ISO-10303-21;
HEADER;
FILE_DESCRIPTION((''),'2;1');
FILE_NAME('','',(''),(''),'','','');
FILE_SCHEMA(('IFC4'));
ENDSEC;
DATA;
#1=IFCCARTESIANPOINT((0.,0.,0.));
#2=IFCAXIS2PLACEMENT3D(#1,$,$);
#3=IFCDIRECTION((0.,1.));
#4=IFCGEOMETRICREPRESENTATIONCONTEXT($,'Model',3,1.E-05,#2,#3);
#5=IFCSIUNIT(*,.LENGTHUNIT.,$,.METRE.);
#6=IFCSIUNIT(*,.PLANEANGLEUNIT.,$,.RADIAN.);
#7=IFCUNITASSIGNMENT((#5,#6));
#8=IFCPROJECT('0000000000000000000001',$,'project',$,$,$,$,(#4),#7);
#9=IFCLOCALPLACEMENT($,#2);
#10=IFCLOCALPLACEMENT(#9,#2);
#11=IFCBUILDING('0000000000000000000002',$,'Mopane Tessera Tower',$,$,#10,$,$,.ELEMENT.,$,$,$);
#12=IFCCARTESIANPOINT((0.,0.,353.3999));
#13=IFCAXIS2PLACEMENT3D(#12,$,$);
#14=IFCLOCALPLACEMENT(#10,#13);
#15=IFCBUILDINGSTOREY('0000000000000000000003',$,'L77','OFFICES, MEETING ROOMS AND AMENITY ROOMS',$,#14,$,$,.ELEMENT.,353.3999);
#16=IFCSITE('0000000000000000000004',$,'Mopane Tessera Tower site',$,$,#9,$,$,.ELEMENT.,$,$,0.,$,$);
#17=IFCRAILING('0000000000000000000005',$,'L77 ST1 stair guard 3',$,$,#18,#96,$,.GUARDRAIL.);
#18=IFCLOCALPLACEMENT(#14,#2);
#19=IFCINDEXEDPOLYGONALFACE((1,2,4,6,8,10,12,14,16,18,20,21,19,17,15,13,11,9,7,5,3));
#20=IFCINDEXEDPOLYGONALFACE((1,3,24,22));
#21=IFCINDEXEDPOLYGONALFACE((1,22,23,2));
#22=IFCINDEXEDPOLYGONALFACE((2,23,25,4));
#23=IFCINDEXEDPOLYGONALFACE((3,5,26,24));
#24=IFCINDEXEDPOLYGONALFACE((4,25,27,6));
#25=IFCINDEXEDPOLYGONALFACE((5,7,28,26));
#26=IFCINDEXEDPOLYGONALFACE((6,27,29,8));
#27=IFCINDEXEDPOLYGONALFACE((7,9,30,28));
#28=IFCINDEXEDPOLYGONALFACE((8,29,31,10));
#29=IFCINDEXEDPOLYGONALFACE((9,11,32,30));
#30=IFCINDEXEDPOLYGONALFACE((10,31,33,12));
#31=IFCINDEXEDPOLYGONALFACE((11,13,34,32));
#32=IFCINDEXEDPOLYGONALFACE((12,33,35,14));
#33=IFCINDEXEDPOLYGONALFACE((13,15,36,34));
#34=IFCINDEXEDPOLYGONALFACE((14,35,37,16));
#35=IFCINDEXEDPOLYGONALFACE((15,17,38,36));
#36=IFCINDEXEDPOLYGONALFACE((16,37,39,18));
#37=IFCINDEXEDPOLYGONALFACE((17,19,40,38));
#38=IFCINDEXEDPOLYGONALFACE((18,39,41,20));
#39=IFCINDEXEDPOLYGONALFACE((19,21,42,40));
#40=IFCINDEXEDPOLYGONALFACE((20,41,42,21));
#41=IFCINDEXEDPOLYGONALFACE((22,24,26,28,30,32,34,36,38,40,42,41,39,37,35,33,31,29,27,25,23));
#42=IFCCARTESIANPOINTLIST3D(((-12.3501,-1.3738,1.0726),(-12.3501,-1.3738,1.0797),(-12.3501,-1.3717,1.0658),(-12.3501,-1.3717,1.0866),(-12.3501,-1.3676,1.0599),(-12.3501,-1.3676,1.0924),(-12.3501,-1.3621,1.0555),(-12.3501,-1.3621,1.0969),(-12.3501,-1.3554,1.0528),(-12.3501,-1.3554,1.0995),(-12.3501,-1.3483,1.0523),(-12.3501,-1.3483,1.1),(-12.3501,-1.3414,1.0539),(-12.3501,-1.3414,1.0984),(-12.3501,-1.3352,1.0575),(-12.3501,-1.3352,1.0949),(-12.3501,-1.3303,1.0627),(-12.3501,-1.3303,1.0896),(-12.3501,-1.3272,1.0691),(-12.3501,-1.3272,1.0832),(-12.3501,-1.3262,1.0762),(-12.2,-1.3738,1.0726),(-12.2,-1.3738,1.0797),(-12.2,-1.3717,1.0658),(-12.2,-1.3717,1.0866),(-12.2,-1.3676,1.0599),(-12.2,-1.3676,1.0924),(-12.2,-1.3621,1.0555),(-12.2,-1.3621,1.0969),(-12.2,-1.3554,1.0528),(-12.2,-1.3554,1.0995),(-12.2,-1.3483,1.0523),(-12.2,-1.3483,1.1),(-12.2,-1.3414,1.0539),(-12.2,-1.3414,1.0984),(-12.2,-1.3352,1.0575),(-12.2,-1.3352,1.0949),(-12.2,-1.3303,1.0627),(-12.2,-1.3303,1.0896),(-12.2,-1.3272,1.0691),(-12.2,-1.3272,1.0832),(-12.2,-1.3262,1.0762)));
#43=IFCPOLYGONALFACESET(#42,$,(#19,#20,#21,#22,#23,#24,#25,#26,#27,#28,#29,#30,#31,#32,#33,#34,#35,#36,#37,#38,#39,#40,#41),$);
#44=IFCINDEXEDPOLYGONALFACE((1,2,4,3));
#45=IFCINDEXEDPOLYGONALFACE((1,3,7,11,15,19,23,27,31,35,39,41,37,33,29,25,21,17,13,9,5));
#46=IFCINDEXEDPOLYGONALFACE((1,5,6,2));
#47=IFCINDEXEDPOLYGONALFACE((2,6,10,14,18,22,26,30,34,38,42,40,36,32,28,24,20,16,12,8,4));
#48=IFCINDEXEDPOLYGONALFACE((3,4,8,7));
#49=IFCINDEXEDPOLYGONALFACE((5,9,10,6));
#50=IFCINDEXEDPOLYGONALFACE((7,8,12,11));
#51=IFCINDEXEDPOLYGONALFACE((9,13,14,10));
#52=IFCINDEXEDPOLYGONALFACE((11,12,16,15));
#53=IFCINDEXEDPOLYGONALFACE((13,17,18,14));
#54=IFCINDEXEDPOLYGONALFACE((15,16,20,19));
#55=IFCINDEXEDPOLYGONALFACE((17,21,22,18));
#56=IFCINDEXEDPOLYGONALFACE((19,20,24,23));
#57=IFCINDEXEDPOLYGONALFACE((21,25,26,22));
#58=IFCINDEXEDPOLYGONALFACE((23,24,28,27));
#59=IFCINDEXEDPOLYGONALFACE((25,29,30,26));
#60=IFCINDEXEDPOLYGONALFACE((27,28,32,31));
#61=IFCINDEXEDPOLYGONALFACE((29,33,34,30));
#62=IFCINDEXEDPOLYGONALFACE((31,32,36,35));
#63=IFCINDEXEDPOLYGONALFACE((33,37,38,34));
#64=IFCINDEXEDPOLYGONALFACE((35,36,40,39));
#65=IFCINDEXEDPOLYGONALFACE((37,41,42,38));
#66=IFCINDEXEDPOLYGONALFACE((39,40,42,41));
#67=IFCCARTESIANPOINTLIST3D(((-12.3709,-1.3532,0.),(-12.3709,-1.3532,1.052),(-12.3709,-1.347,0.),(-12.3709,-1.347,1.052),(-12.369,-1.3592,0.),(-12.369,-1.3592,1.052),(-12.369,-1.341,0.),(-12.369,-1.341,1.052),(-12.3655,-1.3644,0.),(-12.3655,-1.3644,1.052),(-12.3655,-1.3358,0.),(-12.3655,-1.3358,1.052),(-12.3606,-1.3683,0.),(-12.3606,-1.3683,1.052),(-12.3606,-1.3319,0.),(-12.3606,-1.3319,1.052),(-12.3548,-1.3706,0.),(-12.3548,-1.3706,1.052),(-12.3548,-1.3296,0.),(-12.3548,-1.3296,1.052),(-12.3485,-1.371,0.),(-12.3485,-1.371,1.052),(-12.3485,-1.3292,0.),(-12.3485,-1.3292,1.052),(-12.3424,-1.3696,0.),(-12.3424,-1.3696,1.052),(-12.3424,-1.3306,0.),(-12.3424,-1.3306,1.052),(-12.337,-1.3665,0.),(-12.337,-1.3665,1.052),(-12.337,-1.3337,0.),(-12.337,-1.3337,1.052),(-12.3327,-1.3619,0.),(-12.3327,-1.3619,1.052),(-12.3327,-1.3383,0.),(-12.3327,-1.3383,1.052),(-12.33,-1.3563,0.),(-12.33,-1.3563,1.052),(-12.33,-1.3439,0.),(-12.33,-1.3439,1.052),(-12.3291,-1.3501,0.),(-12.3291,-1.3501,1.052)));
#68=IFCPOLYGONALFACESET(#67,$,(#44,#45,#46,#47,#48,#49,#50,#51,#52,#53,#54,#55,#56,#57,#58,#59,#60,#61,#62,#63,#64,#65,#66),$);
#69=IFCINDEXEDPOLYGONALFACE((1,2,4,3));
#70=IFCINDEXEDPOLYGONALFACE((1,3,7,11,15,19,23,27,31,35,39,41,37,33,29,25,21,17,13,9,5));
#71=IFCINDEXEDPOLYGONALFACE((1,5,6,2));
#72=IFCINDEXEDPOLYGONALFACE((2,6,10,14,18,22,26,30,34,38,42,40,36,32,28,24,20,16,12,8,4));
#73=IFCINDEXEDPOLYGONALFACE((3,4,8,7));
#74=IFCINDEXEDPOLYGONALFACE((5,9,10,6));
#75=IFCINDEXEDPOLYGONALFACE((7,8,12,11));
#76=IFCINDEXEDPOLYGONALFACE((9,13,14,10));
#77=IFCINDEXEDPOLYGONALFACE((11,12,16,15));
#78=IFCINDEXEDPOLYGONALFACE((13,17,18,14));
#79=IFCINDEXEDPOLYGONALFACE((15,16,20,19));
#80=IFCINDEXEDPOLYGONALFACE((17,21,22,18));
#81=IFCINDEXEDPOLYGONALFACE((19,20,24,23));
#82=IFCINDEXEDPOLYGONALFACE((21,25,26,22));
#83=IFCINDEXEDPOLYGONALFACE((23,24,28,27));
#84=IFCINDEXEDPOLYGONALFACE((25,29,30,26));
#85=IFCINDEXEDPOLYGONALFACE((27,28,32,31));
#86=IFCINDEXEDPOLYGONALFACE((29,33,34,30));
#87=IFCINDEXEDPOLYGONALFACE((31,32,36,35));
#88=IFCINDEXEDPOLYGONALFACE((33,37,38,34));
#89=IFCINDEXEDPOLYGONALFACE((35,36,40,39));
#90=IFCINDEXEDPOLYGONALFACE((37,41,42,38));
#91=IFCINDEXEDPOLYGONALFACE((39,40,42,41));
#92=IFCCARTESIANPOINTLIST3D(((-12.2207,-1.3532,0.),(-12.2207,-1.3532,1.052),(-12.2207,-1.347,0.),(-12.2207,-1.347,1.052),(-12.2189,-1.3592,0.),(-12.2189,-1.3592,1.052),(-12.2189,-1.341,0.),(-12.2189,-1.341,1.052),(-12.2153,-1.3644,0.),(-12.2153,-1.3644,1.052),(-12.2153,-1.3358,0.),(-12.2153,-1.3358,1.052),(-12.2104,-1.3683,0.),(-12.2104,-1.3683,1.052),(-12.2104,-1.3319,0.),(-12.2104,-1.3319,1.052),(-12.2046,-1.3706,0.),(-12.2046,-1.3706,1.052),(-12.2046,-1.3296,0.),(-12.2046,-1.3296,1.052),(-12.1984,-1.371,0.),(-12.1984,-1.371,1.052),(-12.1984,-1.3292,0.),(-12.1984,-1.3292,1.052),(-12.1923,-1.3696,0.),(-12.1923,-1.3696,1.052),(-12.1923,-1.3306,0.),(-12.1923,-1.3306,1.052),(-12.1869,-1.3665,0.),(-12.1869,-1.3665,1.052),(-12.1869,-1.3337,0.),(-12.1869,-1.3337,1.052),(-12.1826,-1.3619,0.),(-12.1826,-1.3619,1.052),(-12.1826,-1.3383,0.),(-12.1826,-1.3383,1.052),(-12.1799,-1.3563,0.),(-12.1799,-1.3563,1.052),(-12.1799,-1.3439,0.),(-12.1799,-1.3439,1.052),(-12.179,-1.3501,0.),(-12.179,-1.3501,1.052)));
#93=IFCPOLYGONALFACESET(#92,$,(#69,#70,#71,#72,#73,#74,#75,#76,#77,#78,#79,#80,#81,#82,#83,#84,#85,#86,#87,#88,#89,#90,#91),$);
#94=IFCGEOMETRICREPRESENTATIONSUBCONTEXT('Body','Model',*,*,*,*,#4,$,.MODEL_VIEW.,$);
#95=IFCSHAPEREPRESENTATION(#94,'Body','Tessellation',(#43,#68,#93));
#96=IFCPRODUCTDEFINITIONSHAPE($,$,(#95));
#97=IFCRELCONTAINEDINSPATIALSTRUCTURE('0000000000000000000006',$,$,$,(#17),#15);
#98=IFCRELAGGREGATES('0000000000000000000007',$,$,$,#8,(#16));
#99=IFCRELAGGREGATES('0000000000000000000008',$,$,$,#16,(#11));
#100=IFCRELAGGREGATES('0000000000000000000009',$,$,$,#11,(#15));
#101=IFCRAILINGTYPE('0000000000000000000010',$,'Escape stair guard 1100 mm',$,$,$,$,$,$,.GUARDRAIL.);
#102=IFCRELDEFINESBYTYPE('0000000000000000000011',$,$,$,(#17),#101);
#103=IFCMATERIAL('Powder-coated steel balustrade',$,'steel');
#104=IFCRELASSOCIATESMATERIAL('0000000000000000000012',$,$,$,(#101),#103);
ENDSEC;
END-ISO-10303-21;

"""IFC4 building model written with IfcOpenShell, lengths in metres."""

from ifc_helpers import new_model, si_unit, direction, frame, origin, origin_2d, place, context, subcontext, project, spatial, circle, extrude, material, type_object, element, save


model = new_model("IFC4")

# Units and contexts
model_context = context("Model", 3, precision=1e-05, world=origin(), true_north=direction((0.0, 1.0)))
body_context = subcontext(model_context, "Body", "Model", "MODEL_VIEW")
ifc_project = project(units=[si_unit("LENGTHUNIT", "METRE"), si_unit("PLANEANGLEUNIT", "RADIAN")], contexts=[model_context])

# Site, building, storey
site_placement = place(None, origin())
site = spatial("IfcSite", under=ifc_project, at=site_placement, Name="Mopane Tessera Tower site", CompositionType="ELEMENT", RefElevation=0.0)
building_placement = place(site_placement, origin())
building = spatial("IfcBuilding", under=site, at=building_placement, Name="Mopane Tessera Tower", CompositionType="ELEMENT")
storey_placement = place(building_placement, frame((0.0, 0.0, 353.3999)))
storey = spatial("IfcBuildingStorey", under=building, at=storey_placement, Name="L77", Description="OFFICES, MEETING ROOMS AND AMENITY ROOMS", CompositionType="ELEMENT", Elevation=353.3999)

# Railing
ifc_material_1 = material(Name="Powder-coated steel balustrade", Category="steel")
railing_type_1 = type_object("IfcRailingType", Name="Escape stair guard 1100 mm", PredefinedType="GUARDRAIL", material=ifc_material_1)
railing_1_placement = place(storey_placement, frame((-12.3501, -1.3501, 0.0)))
element("IfcRailing", 1, at=railing_1_placement, inside=storey, type_object=railing_type_1, Name="L77 ST1 stair guard 3", PredefinedType="GUARDRAIL", context=body_context, shape_type="SweptSolid", body=[
    extrude(circle(Radius=0.0239, at=origin_2d()), frame((0.0, 0.0, 1.0762), z_axis=(1.0, 0.0, 0.0), x_axis=(0.0, 1.0, 0.0)), (0.0, 0.0, 1.0), 0.1501),
    extrude(circle(Radius=0.021, at=origin_2d()), origin(), (0.0, 0.0, 1.0), 1.052),
    extrude(circle(Radius=0.021, at=origin_2d()), frame((0.1501, 0.0, 0.0)), (0.0, 0.0, 1.0), 1.052),
])

save(model, "model.ifc")
